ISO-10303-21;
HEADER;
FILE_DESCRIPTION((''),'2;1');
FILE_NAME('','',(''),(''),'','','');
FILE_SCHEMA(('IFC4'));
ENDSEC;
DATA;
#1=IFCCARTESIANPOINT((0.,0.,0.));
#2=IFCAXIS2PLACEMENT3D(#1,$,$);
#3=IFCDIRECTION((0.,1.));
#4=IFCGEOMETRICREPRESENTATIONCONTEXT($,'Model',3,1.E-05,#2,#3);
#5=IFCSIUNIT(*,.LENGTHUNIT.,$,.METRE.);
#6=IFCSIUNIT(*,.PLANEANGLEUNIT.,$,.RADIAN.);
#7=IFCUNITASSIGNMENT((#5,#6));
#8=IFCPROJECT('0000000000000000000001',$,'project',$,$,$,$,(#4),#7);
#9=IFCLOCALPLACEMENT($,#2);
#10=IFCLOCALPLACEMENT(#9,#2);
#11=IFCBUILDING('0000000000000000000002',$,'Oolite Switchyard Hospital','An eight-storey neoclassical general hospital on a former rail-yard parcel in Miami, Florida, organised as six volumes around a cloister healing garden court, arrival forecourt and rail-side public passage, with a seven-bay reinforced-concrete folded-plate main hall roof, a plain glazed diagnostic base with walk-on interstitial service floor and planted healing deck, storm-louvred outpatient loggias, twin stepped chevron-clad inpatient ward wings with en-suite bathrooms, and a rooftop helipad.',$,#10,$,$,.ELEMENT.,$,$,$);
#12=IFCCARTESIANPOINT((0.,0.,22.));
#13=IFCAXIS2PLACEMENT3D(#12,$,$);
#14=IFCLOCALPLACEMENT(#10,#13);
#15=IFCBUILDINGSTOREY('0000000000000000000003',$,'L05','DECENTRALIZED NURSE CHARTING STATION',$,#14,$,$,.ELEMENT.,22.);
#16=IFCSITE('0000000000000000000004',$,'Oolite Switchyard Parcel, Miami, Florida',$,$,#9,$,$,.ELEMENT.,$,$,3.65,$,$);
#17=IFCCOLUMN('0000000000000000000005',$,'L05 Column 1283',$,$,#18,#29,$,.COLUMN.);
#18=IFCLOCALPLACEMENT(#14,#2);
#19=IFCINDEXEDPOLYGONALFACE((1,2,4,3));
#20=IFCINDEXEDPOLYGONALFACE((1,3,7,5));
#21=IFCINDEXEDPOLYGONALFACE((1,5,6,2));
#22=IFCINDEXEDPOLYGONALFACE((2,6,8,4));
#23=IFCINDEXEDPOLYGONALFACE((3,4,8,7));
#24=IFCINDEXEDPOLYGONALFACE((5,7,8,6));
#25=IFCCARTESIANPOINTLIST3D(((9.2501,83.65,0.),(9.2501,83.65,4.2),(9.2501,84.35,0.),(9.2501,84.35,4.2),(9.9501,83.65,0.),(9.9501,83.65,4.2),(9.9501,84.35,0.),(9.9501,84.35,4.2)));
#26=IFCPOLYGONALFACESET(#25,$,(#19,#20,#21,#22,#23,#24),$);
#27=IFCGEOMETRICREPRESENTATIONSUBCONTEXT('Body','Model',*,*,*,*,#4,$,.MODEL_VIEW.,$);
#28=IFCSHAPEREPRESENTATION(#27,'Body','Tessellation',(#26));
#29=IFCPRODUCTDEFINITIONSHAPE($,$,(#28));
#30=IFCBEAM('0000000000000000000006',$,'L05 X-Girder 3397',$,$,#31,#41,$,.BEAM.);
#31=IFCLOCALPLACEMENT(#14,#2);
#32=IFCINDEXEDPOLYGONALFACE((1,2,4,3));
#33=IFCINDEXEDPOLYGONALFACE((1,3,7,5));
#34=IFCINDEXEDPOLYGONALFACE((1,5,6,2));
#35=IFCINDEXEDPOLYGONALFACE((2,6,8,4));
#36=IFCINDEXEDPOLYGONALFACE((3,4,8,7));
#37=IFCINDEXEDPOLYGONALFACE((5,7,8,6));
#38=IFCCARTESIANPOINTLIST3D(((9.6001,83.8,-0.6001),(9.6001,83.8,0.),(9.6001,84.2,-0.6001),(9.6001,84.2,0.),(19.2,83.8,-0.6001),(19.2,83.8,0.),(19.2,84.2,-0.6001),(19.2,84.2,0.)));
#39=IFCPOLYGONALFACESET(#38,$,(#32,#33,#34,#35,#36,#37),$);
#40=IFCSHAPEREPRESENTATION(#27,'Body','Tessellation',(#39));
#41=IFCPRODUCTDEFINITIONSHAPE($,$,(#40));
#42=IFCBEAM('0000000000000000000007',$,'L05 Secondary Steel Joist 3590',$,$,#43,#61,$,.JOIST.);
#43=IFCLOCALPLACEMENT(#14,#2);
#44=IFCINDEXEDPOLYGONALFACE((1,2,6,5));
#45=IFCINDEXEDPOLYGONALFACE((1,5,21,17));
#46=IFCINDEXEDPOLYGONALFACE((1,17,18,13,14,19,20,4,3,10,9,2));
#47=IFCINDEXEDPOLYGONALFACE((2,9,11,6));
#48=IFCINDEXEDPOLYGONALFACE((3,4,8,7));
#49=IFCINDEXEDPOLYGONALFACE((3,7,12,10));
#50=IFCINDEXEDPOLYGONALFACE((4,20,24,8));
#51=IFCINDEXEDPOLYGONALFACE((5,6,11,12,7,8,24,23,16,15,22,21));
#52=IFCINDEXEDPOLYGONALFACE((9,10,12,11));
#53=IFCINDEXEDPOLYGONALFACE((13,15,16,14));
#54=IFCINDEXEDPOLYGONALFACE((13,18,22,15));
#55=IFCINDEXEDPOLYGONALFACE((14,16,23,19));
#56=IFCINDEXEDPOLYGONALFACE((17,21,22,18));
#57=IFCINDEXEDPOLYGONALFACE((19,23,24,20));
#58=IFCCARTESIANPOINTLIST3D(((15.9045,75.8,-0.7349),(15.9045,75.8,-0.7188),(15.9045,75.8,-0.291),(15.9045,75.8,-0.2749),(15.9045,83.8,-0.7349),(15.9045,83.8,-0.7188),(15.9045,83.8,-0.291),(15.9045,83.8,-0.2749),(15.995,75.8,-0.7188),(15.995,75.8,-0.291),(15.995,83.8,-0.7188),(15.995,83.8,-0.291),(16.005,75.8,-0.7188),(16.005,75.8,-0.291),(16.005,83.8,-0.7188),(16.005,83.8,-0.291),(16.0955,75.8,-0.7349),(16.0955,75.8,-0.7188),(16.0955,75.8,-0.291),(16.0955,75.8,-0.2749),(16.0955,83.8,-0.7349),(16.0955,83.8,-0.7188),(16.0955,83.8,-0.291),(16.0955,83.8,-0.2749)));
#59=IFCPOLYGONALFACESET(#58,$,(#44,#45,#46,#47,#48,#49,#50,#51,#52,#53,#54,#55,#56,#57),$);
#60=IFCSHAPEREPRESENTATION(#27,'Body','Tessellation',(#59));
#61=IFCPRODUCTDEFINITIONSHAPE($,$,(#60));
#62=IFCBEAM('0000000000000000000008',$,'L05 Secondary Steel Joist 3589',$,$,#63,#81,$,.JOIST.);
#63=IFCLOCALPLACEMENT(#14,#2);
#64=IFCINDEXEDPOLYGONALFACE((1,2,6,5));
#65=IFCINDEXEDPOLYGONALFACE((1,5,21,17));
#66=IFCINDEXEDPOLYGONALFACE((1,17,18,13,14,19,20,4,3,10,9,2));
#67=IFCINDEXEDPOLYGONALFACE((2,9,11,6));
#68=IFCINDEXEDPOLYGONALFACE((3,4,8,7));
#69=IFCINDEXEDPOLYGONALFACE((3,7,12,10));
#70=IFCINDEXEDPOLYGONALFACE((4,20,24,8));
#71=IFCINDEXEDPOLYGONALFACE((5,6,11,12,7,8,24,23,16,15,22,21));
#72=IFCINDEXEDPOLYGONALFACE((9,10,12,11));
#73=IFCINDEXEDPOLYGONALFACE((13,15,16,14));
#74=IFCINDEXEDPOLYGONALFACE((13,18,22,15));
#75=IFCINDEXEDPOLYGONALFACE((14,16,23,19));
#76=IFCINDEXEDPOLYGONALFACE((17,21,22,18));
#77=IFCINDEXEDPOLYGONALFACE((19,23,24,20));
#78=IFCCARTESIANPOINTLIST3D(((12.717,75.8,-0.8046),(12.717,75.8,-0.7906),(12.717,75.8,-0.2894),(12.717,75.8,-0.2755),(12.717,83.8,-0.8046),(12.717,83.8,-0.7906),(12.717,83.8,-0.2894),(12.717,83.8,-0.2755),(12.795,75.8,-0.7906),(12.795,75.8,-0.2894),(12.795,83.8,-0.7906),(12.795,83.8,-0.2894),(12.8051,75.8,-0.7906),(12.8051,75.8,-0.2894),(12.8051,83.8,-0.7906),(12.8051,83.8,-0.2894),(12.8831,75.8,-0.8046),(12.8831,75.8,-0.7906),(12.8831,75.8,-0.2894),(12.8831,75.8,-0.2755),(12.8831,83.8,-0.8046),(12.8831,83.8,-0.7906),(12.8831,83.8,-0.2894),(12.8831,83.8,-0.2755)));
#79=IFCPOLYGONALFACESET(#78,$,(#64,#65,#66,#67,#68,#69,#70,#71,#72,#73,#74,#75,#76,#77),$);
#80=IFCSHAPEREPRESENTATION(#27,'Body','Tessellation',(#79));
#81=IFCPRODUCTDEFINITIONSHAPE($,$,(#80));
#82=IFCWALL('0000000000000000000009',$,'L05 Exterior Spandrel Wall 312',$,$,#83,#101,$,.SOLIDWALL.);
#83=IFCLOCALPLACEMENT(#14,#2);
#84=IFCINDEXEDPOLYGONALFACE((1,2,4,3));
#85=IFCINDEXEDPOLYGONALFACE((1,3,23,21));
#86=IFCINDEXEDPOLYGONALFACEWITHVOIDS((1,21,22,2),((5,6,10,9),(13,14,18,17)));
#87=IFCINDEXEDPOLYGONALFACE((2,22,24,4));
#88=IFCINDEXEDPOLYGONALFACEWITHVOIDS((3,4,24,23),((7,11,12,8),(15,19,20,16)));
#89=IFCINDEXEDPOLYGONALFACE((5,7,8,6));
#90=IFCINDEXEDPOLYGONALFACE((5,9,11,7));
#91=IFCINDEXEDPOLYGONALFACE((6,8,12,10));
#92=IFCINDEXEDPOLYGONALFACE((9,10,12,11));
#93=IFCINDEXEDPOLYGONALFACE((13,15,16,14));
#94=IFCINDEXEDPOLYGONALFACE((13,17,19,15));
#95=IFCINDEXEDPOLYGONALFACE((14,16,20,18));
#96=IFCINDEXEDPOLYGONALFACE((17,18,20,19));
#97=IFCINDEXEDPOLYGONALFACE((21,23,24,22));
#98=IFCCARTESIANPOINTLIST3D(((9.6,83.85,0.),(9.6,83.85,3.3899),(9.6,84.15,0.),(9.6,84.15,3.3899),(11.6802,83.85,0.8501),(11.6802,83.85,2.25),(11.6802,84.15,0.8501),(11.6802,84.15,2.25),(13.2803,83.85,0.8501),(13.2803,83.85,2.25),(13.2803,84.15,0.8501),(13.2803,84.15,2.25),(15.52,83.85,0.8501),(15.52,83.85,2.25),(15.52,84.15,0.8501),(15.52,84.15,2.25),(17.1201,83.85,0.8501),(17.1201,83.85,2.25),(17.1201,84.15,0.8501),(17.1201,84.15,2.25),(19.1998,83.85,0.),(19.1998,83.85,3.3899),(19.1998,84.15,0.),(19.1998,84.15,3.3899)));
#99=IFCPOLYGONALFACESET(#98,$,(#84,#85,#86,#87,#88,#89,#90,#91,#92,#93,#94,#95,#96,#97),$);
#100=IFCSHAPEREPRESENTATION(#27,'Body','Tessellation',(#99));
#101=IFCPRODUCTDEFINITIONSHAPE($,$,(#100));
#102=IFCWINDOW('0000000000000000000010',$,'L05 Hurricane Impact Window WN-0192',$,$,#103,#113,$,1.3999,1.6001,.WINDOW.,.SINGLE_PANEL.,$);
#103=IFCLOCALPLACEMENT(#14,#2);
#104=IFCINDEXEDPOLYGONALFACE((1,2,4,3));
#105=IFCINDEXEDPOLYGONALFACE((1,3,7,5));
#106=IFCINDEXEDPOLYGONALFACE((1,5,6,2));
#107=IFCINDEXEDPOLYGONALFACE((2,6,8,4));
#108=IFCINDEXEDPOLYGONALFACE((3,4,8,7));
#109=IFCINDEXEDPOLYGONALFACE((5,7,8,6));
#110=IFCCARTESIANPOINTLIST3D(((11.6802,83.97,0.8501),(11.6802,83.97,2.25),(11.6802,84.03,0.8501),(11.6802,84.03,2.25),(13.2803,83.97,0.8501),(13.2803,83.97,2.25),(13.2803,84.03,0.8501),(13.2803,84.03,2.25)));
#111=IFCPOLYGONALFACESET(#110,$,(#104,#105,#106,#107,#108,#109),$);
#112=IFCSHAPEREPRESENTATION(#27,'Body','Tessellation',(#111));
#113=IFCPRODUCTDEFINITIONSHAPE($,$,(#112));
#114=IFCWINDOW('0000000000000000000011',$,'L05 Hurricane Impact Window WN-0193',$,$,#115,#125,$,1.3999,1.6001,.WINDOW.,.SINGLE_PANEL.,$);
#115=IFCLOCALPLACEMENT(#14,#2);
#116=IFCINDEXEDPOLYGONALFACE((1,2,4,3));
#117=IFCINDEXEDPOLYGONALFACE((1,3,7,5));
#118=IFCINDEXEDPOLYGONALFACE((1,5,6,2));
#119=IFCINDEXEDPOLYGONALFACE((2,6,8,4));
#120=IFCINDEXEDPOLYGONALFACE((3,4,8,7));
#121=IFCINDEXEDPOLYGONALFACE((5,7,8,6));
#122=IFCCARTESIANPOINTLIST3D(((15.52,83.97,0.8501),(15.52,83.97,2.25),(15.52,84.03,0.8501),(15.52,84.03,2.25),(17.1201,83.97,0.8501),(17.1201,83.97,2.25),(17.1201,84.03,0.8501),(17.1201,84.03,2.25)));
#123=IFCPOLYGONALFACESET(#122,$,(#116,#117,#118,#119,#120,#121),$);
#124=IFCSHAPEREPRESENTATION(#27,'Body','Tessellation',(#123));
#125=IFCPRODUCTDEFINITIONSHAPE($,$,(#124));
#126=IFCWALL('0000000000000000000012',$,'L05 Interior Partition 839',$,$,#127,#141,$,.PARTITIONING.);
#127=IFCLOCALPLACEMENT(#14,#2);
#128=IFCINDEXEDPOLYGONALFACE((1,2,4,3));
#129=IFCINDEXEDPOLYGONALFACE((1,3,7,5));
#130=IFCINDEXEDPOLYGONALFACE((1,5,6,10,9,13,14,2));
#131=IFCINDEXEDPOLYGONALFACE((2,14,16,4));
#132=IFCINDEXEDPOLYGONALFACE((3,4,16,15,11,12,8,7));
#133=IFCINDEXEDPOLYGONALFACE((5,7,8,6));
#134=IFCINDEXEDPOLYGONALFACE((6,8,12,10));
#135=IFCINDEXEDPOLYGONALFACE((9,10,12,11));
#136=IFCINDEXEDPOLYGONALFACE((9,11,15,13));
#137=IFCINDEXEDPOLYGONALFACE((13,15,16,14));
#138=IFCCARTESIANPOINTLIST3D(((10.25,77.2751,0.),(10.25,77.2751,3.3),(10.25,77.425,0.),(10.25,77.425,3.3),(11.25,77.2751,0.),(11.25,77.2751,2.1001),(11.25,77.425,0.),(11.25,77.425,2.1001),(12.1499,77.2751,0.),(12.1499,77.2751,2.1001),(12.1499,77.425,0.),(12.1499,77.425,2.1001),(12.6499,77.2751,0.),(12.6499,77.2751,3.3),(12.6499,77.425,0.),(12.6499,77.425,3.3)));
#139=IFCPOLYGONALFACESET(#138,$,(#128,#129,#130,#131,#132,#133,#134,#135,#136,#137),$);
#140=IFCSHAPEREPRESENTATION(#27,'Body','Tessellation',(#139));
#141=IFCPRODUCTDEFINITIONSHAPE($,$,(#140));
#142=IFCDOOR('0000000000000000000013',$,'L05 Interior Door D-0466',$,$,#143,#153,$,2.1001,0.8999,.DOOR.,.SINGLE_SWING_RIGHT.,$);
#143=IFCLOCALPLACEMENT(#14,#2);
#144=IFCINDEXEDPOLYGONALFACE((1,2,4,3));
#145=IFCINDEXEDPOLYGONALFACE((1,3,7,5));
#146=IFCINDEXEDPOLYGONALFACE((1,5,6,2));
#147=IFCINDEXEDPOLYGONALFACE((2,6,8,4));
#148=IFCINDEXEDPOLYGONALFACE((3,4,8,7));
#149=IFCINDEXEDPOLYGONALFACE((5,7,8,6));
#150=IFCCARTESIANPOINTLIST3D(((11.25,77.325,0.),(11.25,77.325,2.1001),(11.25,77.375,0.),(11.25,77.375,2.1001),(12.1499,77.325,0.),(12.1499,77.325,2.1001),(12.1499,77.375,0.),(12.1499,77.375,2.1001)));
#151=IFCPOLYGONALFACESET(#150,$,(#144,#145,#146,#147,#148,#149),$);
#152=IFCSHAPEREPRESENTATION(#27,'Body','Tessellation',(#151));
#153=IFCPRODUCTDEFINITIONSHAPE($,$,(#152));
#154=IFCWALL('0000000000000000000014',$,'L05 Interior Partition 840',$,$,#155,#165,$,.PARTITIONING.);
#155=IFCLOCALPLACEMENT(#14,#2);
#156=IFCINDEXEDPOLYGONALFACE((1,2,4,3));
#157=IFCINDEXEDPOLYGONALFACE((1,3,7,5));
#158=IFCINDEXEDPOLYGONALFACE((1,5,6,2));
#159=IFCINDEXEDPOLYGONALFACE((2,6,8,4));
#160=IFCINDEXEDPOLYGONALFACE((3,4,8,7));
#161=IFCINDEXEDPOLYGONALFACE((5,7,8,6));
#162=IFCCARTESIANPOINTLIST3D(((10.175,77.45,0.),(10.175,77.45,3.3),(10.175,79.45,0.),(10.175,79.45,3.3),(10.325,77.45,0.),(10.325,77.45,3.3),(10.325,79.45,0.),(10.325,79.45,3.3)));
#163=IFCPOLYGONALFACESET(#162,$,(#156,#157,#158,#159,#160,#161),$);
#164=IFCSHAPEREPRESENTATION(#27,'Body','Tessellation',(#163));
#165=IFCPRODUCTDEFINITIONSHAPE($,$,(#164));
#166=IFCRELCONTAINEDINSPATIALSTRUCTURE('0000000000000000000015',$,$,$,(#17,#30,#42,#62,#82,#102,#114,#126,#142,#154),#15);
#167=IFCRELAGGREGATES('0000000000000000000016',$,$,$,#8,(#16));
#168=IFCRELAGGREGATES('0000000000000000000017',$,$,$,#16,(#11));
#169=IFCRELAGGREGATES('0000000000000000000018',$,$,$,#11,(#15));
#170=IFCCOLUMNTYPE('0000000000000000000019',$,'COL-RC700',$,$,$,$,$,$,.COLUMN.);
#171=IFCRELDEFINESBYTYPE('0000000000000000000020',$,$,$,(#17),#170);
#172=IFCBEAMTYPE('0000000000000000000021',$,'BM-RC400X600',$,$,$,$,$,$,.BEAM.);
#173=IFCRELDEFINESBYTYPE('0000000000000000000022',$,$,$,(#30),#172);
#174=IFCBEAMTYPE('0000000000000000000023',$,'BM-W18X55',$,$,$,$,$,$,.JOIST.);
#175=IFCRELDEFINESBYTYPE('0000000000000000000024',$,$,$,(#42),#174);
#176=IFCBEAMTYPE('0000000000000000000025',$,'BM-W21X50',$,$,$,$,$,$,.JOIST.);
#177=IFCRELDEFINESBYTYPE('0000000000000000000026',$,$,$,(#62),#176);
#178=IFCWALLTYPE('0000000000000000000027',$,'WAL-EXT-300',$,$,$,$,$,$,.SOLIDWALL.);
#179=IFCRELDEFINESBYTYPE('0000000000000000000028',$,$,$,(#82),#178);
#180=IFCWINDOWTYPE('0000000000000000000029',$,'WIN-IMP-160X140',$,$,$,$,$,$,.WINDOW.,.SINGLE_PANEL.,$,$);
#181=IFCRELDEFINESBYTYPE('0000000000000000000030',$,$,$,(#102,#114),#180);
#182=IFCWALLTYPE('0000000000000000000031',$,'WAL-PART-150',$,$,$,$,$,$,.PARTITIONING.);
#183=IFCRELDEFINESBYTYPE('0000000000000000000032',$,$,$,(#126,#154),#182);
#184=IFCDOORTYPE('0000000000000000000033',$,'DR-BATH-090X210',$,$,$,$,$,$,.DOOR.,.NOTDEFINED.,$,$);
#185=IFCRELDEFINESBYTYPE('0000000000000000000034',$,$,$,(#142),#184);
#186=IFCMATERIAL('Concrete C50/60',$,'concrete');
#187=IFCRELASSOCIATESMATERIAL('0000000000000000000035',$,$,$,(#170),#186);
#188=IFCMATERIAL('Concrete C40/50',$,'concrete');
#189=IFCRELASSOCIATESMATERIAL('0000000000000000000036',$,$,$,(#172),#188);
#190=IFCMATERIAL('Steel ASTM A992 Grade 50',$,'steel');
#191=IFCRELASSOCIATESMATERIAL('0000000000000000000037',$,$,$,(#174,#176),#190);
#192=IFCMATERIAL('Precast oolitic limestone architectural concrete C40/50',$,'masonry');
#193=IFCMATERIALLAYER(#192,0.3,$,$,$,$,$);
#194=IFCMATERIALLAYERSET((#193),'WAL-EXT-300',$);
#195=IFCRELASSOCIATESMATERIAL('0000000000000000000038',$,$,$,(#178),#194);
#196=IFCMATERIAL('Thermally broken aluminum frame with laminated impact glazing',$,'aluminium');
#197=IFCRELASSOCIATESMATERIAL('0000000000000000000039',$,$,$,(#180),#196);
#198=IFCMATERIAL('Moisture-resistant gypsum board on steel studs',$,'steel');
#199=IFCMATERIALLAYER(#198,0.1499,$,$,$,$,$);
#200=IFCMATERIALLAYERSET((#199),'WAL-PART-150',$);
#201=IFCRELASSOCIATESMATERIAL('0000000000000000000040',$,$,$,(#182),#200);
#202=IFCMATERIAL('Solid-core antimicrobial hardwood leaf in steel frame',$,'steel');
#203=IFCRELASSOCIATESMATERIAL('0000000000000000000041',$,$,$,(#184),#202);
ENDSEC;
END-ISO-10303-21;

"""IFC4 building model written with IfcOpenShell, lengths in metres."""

from ifc_helpers import new_model, si_unit, direction, frame, frame_2d, origin, origin_2d, place, context, subcontext, project, spatial, rectangle, i_section, extrude, material, layer, layer_set, material_profile, profile_set, type_object, element, fill, save


model = new_model("IFC4")

# Units and contexts
model_context = context("Model", 3, precision=1e-05, world=origin(), true_north=direction((0.0, 1.0)))
body_context = subcontext(model_context, "Body", "Model", "MODEL_VIEW")
ifc_project = project(units=[si_unit("LENGTHUNIT", "METRE"), si_unit("PLANEANGLEUNIT", "RADIAN")], contexts=[model_context])

# Site, building, storey
site_placement = place(None, origin())
site = spatial("IfcSite", under=ifc_project, at=site_placement, Name="Oolite Switchyard Parcel, Miami, Florida", CompositionType="ELEMENT", RefElevation=3.65)
building_placement = place(site_placement, origin())
building = spatial("IfcBuilding", under=site, at=building_placement, Name="Oolite Switchyard Hospital", Description="An eight-storey neoclassical general hospital on a former rail-yard parcel in Miami, Florida, organised as six volumes around a cloister healing garden court, arrival forecourt and rail-side public passage, with a seven-bay reinforced-concrete folded-plate main hall roof, a plain glazed diagnostic base with walk-on interstitial service floor and planted healing deck, storm-louvred outpatient loggias, twin stepped chevron-clad inpatient ward wings with en-suite bathrooms, and a rooftop helipad.", CompositionType="ELEMENT")
storey_placement = place(building_placement, frame((0.0, 0.0, 22.0)))
storey = spatial("IfcBuildingStorey", under=building, at=storey_placement, Name="L05", Description="DECENTRALIZED NURSE CHARTING STATION", CompositionType="ELEMENT", Elevation=22.0)

# Column
ifc_material_1 = material(Name="Concrete C50/60", Category="concrete")
ifc_material_profile_1 = material_profile(ifc_material_1, rectangle(XDim=0.7, YDim=0.7, at=origin_2d()), Name="RC700X700")
ifc_profile_set_1 = profile_set([ifc_material_profile_1], Name="Concrete C50/60")
column_type = type_object("IfcColumnType", Name="COL-RC700", PredefinedType="COLUMN", material=ifc_profile_set_1)
column_placement = place(storey_placement, frame((9.6001, 84.0, 0.0), z_axis=(0.0, 0.0, 1.0), x_axis=(1.0, 0.0, 0.0)))
element("IfcColumn", 1, at=column_placement, inside=storey, type_object=column_type, Name="L05 Column 1283", PredefinedType="COLUMN", context=body_context, shape_type="SweptSolid", body=[
    extrude(rectangle(XDim=0.7, YDim=0.7, at=origin_2d()), origin(), (0.0, 0.0, 1.0), 4.2),
])

# Beams
ifc_material_2 = material(Name="Concrete C40/50", Category="concrete")
ifc_material_profile_2 = material_profile(ifc_material_2, rectangle(XDim=0.3999, YDim=0.6001, at=origin_2d()), Name="RCB400X600")
ifc_profile_set_2 = profile_set([ifc_material_profile_2], Name="Concrete C40/50")
beam_type_1 = type_object("IfcBeamType", Name="BM-RC400X600", PredefinedType="BEAM", material=ifc_profile_set_2)
beam_1_placement = place(storey_placement, frame((9.6001, 84.0, -0.3), z_axis=(1.0, 0.0, 0.0), x_axis=(0.0, 1.0, 0.0)))
element("IfcBeam", 2, at=beam_1_placement, inside=storey, type_object=beam_type_1, Name="L05 X-Girder 3397", PredefinedType="BEAM", context=body_context, shape_type="SweptSolid", body=[
    extrude(rectangle(XDim=0.3999, YDim=0.6001, at=origin_2d()), origin(), (0.0, 0.0, 1.0), 9.5999),
])
ifc_material_3 = material(Name="Steel ASTM A992 Grade 50", Category="steel")
ifc_material_profile_3 = material_profile(ifc_material_3, i_section(OverallWidth=0.1909, OverallDepth=0.46, WebThickness=0.01, FlangeThickness=0.0161, at=origin_2d()), Name="W18X55")
ifc_profile_set_3 = profile_set([ifc_material_profile_3], Name="Steel ASTM A992 Grade 50")
beam_type_2 = type_object("IfcBeamType", Name="BM-W18X55", PredefinedType="JOIST", material=ifc_profile_set_3)
beam_2_placement = place(storey_placement, frame((16.0, 75.8, -0.5049), z_axis=(0.0, 1.0, 0.0), x_axis=(-1.0, 0.0, 0.0)))
element("IfcBeam", 3, at=beam_2_placement, inside=storey, type_object=beam_type_2, Name="L05 Secondary Steel Joist 3590", PredefinedType="JOIST", context=body_context, shape_type="SweptSolid", body=[
    extrude(i_section(OverallWidth=0.1909, OverallDepth=0.46, WebThickness=0.01, FlangeThickness=0.0161, at=origin_2d()), origin(), (0.0, 0.0, 1.0), 8.0),
])
ifc_material_profile_4 = material_profile(ifc_material_3, i_section(OverallWidth=0.166, OverallDepth=0.5291, WebThickness=0.01, FlangeThickness=0.0139, at=origin_2d()), Name="W21X50")
ifc_profile_set_4 = profile_set([ifc_material_profile_4], Name="Steel ASTM A992 Grade 50")
beam_type_3 = type_object("IfcBeamType", Name="BM-W21X50", PredefinedType="JOIST", material=ifc_profile_set_4)
beam_3_placement = place(storey_placement, frame((12.8, 75.8, -0.54), z_axis=(0.0, 1.0, 0.0), x_axis=(-1.0, 0.0, 0.0)))
element("IfcBeam", 4, at=beam_3_placement, inside=storey, type_object=beam_type_3, Name="L05 Secondary Steel Joist 3589", PredefinedType="JOIST", context=body_context, shape_type="SweptSolid", body=[
    extrude(i_section(OverallWidth=0.166, OverallDepth=0.5291, WebThickness=0.01, FlangeThickness=0.0139, at=origin_2d()), origin(), (0.0, 0.0, 1.0), 8.0),
])

# Wall, openings, windows
ifc_material_4 = material(Name="Precast oolitic limestone architectural concrete C40/50", Category="masonry")
ifc_layer_1 = layer(ifc_material_4, 0.3)
ifc_layer_set_1 = layer_set([ifc_layer_1], Name="WAL-EXT-300")
wall_type_1 = type_object("IfcWallType", Name="WAL-EXT-300", PredefinedType="SOLIDWALL", material=ifc_layer_set_1)
wall_1_placement = place(storey_placement, frame((9.6001, 84.0, 0.0), z_axis=(0.0, 0.0, 1.0), x_axis=(1.0, 0.0, 0.0)))
wall_1 = element("IfcWall", 5, at=wall_1_placement, inside=storey, type_object=wall_type_1, Name="L05 Exterior Spandrel Wall 312", PredefinedType="SOLIDWALL", context=body_context, shape_type="SweptSolid", body=[
    extrude(rectangle(XDim=9.5999, YDim=0.3, at=frame_2d((4.7998, 0.0))), origin(), (0.0, 0.0, 1.0), 3.3899),
])
opening_1_placement = place(wall_1_placement, frame((2.0801, 0.0, 0.8501)))
opening_1 = element("IfcOpeningElement", 6, at=opening_1_placement, cuts=wall_1, PredefinedType="OPENING", context=body_context, shape_type="SweptSolid", body=[
    extrude(rectangle(XDim=1.6001, YDim=1.3999, at=frame_2d((0.8, 0.7))), frame((0.0, 0.1602, 0.0), z_axis=(0.0, -1.0, 0.0), x_axis=(1.0, 0.0, 0.0)), (0.0, 0.0, 1.0), 0.3201),
])
opening_2_placement = place(wall_1_placement, frame((5.9199, 0.0, 0.8501)))
opening_2 = element("IfcOpeningElement", 7, at=opening_2_placement, cuts=wall_1, PredefinedType="OPENING", context=body_context, shape_type="SweptSolid", body=[
    extrude(rectangle(XDim=1.6001, YDim=1.3999, at=frame_2d((0.8, 0.7))), frame((0.0, 0.1602, 0.0), z_axis=(0.0, -1.0, 0.0), x_axis=(1.0, 0.0, 0.0)), (0.0, 0.0, 1.0), 0.3201),
])
ifc_material_5 = material(Name="Thermally broken aluminum frame with laminated impact glazing", Category="aluminium")
window_type = type_object("IfcWindowType", Name="WIN-IMP-160X140", PartitioningType="SINGLE_PANEL", PredefinedType="WINDOW", material=ifc_material_5)
window_1_placement = place(opening_1_placement, origin())
window_1 = element("IfcWindow", 8, at=window_1_placement, inside=storey, type_object=window_type, Name="L05 Hurricane Impact Window WN-0192", OverallHeight=1.3999, OverallWidth=1.6001, PartitioningType="SINGLE_PANEL", PredefinedType="WINDOW", context=body_context, shape_type="SweptSolid", body=[
    extrude(rectangle(XDim=1.6001, YDim=1.3999, at=frame_2d((0.8, 0.7))), frame((0.0, 0.03, 0.0), z_axis=(0.0, -1.0, 0.0), x_axis=(1.0, 0.0, 0.0)), (0.0, 0.0, 1.0), 0.0601),
])
fill(opening_1, window_1)
window_2_placement = place(opening_2_placement, origin())
window_2 = element("IfcWindow", 9, at=window_2_placement, inside=storey, type_object=window_type, Name="L05 Hurricane Impact Window WN-0193", OverallHeight=1.3999, OverallWidth=1.6001, PartitioningType="SINGLE_PANEL", PredefinedType="WINDOW", context=body_context, shape_type="SweptSolid", body=[
    extrude(rectangle(XDim=1.6001, YDim=1.3999, at=frame_2d((0.8, 0.7))), frame((0.0, 0.03, 0.0), z_axis=(0.0, -1.0, 0.0), x_axis=(1.0, 0.0, 0.0)), (0.0, 0.0, 1.0), 0.0601),
])
fill(opening_2, window_2)

# Wall, opening, door
ifc_material_6 = material(Name="Moisture-resistant gypsum board on steel studs", Category="steel")
ifc_layer_2 = layer(ifc_material_6, 0.1499)
ifc_layer_set_2 = layer_set([ifc_layer_2], Name="WAL-PART-150")
wall_type_2 = type_object("IfcWallType", Name="WAL-PART-150", PredefinedType="PARTITIONING", material=ifc_layer_set_2)
wall_2_placement = place(storey_placement, frame((10.25, 77.3501, 0.0), z_axis=(0.0, 0.0, 1.0), x_axis=(1.0, 0.0, 0.0)))
wall_2 = element("IfcWall", 10, at=wall_2_placement, inside=storey, type_object=wall_type_2, Name="L05 Interior Partition 839", PredefinedType="PARTITIONING", context=body_context, shape_type="SweptSolid", body=[
    extrude(rectangle(XDim=2.3999, YDim=0.1499, at=frame_2d((1.2, 0.0))), origin(), (0.0, 0.0, 1.0), 3.3),
])
opening_3_placement = place(wall_2_placement, frame((1.0, 0.0, 0.0)))
opening_3 = element("IfcOpeningElement", 11, at=opening_3_placement, cuts=wall_2, PredefinedType="OPENING", context=body_context, shape_type="SweptSolid", body=[
    extrude(rectangle(XDim=0.8999, YDim=2.1001, at=frame_2d((0.45, 1.05))), frame((0.0, 0.085, 0.0), z_axis=(0.0, -1.0, 0.0), x_axis=(1.0, 0.0, 0.0)), (0.0, 0.0, 1.0), 0.1699),
])
ifc_material_7 = material(Name="Solid-core antimicrobial hardwood leaf in steel frame", Category="steel")
door_type = type_object("IfcDoorType", Name="DR-BATH-090X210", OperationType="NOTDEFINED", PredefinedType="DOOR", material=ifc_material_7)
door_placement = place(opening_3_placement, origin())
door = element("IfcDoor", 12, at=door_placement, inside=storey, type_object=door_type, Name="L05 Interior Door D-0466", OperationType="SINGLE_SWING_RIGHT", OverallHeight=2.1001, OverallWidth=0.8999, PredefinedType="DOOR", context=body_context, shape_type="SweptSolid", body=[
    extrude(rectangle(XDim=0.8999, YDim=2.1001, at=frame_2d((0.45, 1.05))), frame((0.0, 0.0249, 0.0), z_axis=(0.0, -1.0, 0.0), x_axis=(1.0, 0.0, 0.0)), (0.0, 0.0, 1.0), 0.05),
])
fill(opening_3, door)

# Wall
wall_3_placement = place(storey_placement, frame((10.25, 77.45, 0.0), z_axis=(0.0, 0.0, 1.0), x_axis=(0.0, 1.0, 0.0)))
element("IfcWall", 13, at=wall_3_placement, inside=storey, type_object=wall_type_2, Name="L05 Interior Partition 840", PredefinedType="PARTITIONING", context=body_context, shape_type="SweptSolid", body=[
    extrude(rectangle(XDim=2.0, YDim=0.1499, at=frame_2d((1.0, 0.0))), origin(), (0.0, 0.0, 1.0), 3.3),
])

save(model, "model.ifc")
